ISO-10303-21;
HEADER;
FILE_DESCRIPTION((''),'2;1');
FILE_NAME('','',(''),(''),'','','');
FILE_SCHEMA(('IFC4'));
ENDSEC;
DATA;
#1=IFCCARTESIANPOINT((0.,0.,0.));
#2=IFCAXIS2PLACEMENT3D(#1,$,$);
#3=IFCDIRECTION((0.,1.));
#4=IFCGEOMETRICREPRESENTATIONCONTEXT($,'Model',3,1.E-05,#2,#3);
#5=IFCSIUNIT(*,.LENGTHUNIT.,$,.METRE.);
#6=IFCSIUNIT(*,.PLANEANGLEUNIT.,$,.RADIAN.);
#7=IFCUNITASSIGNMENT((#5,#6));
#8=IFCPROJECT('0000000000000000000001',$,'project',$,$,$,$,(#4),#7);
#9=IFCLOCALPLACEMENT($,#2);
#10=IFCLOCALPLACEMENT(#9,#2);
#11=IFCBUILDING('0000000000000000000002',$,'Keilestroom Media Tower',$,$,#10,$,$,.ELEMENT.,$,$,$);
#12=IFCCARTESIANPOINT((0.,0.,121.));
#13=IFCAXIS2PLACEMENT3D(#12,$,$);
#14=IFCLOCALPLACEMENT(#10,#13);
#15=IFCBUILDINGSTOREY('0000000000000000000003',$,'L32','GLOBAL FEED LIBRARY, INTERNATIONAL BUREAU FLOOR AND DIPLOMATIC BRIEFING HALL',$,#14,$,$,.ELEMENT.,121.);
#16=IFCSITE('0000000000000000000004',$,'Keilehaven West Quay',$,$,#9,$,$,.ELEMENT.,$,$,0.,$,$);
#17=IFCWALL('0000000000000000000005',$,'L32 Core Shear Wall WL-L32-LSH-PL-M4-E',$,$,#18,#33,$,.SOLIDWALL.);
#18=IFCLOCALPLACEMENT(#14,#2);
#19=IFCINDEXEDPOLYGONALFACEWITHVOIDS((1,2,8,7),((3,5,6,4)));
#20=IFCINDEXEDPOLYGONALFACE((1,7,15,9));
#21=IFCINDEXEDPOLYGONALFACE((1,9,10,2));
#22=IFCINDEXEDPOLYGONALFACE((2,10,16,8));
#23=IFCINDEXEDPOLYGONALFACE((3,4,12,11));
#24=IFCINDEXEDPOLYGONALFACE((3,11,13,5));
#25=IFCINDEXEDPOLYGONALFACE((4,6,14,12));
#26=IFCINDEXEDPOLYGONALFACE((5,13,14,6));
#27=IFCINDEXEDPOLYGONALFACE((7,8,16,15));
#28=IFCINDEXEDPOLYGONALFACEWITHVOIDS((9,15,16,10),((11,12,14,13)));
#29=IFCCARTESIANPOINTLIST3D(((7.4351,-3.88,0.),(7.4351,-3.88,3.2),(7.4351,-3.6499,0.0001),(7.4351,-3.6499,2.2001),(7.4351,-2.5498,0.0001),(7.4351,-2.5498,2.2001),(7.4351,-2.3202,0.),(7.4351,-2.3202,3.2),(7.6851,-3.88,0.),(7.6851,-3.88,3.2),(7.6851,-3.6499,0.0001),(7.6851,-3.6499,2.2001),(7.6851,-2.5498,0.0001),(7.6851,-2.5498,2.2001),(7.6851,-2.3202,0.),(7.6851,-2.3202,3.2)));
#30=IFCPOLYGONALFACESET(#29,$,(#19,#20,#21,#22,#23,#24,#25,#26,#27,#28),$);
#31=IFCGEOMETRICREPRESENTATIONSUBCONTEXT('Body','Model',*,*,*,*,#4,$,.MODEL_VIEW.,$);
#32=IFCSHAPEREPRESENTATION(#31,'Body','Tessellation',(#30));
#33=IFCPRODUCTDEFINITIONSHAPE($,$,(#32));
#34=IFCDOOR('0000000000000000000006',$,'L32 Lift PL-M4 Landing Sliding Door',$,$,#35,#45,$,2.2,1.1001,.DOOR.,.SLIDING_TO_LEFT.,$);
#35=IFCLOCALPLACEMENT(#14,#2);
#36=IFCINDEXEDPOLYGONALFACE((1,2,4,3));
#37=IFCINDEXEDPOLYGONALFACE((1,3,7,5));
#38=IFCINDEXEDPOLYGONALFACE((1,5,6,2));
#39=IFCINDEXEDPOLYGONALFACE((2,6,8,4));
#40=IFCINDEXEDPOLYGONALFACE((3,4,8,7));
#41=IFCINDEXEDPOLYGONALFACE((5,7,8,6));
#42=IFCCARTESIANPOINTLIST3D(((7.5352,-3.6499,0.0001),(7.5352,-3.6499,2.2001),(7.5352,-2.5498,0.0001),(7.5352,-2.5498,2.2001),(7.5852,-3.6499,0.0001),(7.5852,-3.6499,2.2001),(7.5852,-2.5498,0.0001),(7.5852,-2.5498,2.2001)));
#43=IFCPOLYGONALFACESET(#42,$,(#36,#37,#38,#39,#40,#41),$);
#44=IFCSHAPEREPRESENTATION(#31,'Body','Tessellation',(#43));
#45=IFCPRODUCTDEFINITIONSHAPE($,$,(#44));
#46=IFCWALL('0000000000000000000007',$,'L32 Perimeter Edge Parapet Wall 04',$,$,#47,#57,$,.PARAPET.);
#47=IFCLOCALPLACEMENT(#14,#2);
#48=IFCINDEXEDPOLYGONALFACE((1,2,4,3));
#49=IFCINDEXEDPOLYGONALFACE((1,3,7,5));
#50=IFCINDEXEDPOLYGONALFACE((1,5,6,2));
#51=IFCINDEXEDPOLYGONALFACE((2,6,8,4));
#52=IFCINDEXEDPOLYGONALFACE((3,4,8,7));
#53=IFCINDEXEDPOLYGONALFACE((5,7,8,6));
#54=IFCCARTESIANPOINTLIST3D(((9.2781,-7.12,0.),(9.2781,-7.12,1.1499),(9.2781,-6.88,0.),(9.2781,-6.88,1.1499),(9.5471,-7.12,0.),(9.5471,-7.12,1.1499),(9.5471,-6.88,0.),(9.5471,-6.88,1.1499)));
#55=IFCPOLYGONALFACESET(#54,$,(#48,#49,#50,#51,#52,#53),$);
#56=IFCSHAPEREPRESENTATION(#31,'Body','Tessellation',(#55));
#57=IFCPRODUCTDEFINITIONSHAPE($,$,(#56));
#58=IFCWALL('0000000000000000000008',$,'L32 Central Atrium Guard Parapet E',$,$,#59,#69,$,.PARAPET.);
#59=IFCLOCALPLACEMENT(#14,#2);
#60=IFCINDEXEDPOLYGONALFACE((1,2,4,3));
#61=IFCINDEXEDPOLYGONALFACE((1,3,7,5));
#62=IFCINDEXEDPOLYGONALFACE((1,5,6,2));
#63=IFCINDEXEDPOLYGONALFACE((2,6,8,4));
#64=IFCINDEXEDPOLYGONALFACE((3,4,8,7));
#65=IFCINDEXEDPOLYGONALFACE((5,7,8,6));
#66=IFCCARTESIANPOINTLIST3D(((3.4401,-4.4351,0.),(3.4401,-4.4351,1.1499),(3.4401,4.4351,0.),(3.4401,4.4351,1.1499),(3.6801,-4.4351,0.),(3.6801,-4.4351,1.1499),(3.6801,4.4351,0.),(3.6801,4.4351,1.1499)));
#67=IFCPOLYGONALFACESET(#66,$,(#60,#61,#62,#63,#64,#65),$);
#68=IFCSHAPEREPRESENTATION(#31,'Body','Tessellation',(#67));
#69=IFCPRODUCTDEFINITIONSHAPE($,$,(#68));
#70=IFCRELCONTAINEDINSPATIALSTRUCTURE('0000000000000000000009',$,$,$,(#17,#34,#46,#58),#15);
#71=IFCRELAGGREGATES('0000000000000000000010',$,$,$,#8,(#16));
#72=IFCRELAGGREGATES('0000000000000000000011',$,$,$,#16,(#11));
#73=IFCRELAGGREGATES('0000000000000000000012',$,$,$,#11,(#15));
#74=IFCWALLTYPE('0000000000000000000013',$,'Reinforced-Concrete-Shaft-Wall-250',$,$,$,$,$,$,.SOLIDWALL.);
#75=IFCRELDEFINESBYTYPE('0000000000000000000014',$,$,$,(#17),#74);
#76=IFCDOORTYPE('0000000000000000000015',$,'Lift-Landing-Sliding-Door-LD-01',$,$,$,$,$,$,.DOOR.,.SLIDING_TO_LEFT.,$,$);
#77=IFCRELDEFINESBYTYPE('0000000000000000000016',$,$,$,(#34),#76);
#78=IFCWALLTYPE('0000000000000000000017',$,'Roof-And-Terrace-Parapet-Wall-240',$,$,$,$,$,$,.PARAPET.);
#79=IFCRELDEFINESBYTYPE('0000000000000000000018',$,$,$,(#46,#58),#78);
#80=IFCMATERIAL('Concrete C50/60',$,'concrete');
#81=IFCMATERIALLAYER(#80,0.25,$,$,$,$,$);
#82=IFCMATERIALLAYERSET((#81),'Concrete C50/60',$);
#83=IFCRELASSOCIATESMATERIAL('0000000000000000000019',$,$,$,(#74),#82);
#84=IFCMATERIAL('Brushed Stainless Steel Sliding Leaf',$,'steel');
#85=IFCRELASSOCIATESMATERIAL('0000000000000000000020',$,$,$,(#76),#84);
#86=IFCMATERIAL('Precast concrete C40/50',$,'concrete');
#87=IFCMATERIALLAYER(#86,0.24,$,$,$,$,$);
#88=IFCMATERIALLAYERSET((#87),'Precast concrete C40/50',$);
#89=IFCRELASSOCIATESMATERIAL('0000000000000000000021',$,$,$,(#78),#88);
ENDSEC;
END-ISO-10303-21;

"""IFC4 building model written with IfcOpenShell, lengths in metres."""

from ifc_helpers import new_model, si_unit, direction, frame, frame_2d, origin, place, context, subcontext, project, spatial, rectangle, extrude, source, transform, mapped, material, layer, layer_set, type_object, element, fill, save


model = new_model("IFC4")

# Units and contexts
model_context = context("Model", 3, precision=1e-05, world=origin(), true_north=direction((0.0, 1.0)))
body_context = subcontext(model_context, "Body", "Model", "MODEL_VIEW")
ifc_project = project(units=[si_unit("LENGTHUNIT", "METRE"), si_unit("PLANEANGLEUNIT", "RADIAN")], contexts=[model_context])

# Site, building, storey
site_placement = place(None, origin())
site = spatial("IfcSite", under=ifc_project, at=site_placement, Name="Keilehaven West Quay", CompositionType="ELEMENT", RefElevation=0.0)
building_placement = place(site_placement, origin())
building = spatial("IfcBuilding", under=site, at=building_placement, Name="Keilestroom Media Tower", CompositionType="ELEMENT")
storey_placement = place(building_placement, frame((0.0, 0.0, 121.0)))
storey = spatial("IfcBuildingStorey", under=building, at=storey_placement, Name="L32", Description="GLOBAL FEED LIBRARY, INTERNATIONAL BUREAU FLOOR AND DIPLOMATIC BRIEFING HALL", CompositionType="ELEMENT", Elevation=121.0)

# Shared definitions
ifc_material_1 = material(Name="Concrete C50/60", Category="concrete")
ifc_layer_1 = layer(ifc_material_1, 0.25)
ifc_layer_set_1 = layer_set([ifc_layer_1], Name="Concrete C50/60")
wall_type_1 = type_object("IfcWallType", Name="Reinforced-Concrete-Shaft-Wall-250", PredefinedType="SOLIDWALL", material=ifc_layer_set_1)

# Shared definitions
ifc_material_2 = material(Name="Brushed Stainless Steel Sliding Leaf", Category="steel")

# Shared definitions
door_type_1 = type_object("IfcDoorType", Name="Lift-Landing-Sliding-Door-LD-01", OperationType="SLIDING_TO_LEFT", PredefinedType="DOOR", material=ifc_material_2)
shared_shape_1 = source(origin(), body_context, "Body", "SweptSolid", [
    extrude(rectangle(XDim=1.1001, YDim=2.2, at=frame_2d((0.55, 1.1001))), frame((0.0, 0.0249, 0.0), z_axis=(0.0, -1.0, 0.0), x_axis=(1.0, 0.0, 0.0)), (0.0, 0.0, 1.0), 0.05),
])

# Wall, opening, door
wall_1_placement = place(storey_placement, frame((7.5601, -3.8799, 0.0), z_axis=(0.0, 0.0, 1.0), x_axis=(0.0, 1.0, 0.0)))
wall_1 = element("IfcWall", 1, at=wall_1_placement, inside=storey, type_object=wall_type_1, Name="L32 Core Shear Wall WL-L32-LSH-PL-M4-E", PredefinedType="SOLIDWALL", context=body_context, shape_type="SweptSolid", body=[
    extrude(rectangle(XDim=1.5598, YDim=0.25, at=frame_2d((0.7798, 0.0))), origin(), (0.0, 0.0, 1.0), 3.2),
])
opening_1_placement = place(wall_1_placement, frame((0.23, 0.0, 0.0)))
opening_1 = element("IfcOpeningElement", 2, at=opening_1_placement, cuts=wall_1, PredefinedType="OPENING", context=body_context, shape_type="SweptSolid", body=[
    extrude(rectangle(XDim=1.1001, YDim=2.2, at=frame_2d((0.55, 1.1001))), frame((0.0, 0.135, 0.0), z_axis=(0.0, -1.0, 0.0), x_axis=(1.0, 0.0, 0.0)), (0.0, 0.0, 1.0), 0.27),
])
door_1_placement = place(opening_1_placement, origin())
door_1 = element("IfcDoor", 3, at=door_1_placement, inside=storey, type_object=door_type_1, Name="L32 Lift PL-M4 Landing Sliding Door", OperationType="SLIDING_TO_LEFT", OverallHeight=2.2, OverallWidth=1.1001, PredefinedType="DOOR", context=body_context, shape_type="MappedRepresentation", body=[
    mapped(shared_shape_1, transform((0.0, 0.0, 0.0), x_axis=(1.0, 0.0, 0.0), y_axis=(0.0, 1.0, 0.0), z_axis=(0.0, 0.0, 1.0), scale=1.0)),
])
fill(opening_1, door_1)

# Walls
ifc_material_3 = material(Name="Precast concrete C40/50", Category="concrete")
ifc_layer_2 = layer(ifc_material_3, 0.24)
ifc_layer_set_2 = layer_set([ifc_layer_2], Name="Precast concrete C40/50")
wall_type_2 = type_object("IfcWallType", Name="Roof-And-Terrace-Parapet-Wall-240", PredefinedType="PARAPET", material=ifc_layer_set_2)
wall_2_placement = place(storey_placement, frame((9.5471, -7.0, 0.0), z_axis=(0.0, 0.0, 1.0), x_axis=(-1.0, 0.0, 0.0)))
element("IfcWall", 4, at=wall_2_placement, inside=storey, type_object=wall_type_2, Name="L32 Perimeter Edge Parapet Wall 04", PredefinedType="PARAPET", context=body_context, shape_type="SweptSolid", body=[
    extrude(rectangle(XDim=0.269, YDim=0.24, at=frame_2d((0.1345, 0.0))), origin(), (0.0, 0.0, 1.0), 1.1499),
])
wall_3_placement = place(storey_placement, frame((3.5601, -4.4351, 0.0), z_axis=(0.0, 0.0, 1.0), x_axis=(0.0, 1.0, 0.0)))
element("IfcWall", 5, at=wall_3_placement, inside=storey, type_object=wall_type_2, Name="L32 Central Atrium Guard Parapet E", PredefinedType="PARAPET", context=body_context, shape_type="SweptSolid", body=[
    extrude(rectangle(XDim=8.8701, YDim=0.24, at=frame_2d((4.4351, 0.0))), origin(), (0.0, 0.0, 1.0), 1.1499),
])

save(model, "model.ifc")
